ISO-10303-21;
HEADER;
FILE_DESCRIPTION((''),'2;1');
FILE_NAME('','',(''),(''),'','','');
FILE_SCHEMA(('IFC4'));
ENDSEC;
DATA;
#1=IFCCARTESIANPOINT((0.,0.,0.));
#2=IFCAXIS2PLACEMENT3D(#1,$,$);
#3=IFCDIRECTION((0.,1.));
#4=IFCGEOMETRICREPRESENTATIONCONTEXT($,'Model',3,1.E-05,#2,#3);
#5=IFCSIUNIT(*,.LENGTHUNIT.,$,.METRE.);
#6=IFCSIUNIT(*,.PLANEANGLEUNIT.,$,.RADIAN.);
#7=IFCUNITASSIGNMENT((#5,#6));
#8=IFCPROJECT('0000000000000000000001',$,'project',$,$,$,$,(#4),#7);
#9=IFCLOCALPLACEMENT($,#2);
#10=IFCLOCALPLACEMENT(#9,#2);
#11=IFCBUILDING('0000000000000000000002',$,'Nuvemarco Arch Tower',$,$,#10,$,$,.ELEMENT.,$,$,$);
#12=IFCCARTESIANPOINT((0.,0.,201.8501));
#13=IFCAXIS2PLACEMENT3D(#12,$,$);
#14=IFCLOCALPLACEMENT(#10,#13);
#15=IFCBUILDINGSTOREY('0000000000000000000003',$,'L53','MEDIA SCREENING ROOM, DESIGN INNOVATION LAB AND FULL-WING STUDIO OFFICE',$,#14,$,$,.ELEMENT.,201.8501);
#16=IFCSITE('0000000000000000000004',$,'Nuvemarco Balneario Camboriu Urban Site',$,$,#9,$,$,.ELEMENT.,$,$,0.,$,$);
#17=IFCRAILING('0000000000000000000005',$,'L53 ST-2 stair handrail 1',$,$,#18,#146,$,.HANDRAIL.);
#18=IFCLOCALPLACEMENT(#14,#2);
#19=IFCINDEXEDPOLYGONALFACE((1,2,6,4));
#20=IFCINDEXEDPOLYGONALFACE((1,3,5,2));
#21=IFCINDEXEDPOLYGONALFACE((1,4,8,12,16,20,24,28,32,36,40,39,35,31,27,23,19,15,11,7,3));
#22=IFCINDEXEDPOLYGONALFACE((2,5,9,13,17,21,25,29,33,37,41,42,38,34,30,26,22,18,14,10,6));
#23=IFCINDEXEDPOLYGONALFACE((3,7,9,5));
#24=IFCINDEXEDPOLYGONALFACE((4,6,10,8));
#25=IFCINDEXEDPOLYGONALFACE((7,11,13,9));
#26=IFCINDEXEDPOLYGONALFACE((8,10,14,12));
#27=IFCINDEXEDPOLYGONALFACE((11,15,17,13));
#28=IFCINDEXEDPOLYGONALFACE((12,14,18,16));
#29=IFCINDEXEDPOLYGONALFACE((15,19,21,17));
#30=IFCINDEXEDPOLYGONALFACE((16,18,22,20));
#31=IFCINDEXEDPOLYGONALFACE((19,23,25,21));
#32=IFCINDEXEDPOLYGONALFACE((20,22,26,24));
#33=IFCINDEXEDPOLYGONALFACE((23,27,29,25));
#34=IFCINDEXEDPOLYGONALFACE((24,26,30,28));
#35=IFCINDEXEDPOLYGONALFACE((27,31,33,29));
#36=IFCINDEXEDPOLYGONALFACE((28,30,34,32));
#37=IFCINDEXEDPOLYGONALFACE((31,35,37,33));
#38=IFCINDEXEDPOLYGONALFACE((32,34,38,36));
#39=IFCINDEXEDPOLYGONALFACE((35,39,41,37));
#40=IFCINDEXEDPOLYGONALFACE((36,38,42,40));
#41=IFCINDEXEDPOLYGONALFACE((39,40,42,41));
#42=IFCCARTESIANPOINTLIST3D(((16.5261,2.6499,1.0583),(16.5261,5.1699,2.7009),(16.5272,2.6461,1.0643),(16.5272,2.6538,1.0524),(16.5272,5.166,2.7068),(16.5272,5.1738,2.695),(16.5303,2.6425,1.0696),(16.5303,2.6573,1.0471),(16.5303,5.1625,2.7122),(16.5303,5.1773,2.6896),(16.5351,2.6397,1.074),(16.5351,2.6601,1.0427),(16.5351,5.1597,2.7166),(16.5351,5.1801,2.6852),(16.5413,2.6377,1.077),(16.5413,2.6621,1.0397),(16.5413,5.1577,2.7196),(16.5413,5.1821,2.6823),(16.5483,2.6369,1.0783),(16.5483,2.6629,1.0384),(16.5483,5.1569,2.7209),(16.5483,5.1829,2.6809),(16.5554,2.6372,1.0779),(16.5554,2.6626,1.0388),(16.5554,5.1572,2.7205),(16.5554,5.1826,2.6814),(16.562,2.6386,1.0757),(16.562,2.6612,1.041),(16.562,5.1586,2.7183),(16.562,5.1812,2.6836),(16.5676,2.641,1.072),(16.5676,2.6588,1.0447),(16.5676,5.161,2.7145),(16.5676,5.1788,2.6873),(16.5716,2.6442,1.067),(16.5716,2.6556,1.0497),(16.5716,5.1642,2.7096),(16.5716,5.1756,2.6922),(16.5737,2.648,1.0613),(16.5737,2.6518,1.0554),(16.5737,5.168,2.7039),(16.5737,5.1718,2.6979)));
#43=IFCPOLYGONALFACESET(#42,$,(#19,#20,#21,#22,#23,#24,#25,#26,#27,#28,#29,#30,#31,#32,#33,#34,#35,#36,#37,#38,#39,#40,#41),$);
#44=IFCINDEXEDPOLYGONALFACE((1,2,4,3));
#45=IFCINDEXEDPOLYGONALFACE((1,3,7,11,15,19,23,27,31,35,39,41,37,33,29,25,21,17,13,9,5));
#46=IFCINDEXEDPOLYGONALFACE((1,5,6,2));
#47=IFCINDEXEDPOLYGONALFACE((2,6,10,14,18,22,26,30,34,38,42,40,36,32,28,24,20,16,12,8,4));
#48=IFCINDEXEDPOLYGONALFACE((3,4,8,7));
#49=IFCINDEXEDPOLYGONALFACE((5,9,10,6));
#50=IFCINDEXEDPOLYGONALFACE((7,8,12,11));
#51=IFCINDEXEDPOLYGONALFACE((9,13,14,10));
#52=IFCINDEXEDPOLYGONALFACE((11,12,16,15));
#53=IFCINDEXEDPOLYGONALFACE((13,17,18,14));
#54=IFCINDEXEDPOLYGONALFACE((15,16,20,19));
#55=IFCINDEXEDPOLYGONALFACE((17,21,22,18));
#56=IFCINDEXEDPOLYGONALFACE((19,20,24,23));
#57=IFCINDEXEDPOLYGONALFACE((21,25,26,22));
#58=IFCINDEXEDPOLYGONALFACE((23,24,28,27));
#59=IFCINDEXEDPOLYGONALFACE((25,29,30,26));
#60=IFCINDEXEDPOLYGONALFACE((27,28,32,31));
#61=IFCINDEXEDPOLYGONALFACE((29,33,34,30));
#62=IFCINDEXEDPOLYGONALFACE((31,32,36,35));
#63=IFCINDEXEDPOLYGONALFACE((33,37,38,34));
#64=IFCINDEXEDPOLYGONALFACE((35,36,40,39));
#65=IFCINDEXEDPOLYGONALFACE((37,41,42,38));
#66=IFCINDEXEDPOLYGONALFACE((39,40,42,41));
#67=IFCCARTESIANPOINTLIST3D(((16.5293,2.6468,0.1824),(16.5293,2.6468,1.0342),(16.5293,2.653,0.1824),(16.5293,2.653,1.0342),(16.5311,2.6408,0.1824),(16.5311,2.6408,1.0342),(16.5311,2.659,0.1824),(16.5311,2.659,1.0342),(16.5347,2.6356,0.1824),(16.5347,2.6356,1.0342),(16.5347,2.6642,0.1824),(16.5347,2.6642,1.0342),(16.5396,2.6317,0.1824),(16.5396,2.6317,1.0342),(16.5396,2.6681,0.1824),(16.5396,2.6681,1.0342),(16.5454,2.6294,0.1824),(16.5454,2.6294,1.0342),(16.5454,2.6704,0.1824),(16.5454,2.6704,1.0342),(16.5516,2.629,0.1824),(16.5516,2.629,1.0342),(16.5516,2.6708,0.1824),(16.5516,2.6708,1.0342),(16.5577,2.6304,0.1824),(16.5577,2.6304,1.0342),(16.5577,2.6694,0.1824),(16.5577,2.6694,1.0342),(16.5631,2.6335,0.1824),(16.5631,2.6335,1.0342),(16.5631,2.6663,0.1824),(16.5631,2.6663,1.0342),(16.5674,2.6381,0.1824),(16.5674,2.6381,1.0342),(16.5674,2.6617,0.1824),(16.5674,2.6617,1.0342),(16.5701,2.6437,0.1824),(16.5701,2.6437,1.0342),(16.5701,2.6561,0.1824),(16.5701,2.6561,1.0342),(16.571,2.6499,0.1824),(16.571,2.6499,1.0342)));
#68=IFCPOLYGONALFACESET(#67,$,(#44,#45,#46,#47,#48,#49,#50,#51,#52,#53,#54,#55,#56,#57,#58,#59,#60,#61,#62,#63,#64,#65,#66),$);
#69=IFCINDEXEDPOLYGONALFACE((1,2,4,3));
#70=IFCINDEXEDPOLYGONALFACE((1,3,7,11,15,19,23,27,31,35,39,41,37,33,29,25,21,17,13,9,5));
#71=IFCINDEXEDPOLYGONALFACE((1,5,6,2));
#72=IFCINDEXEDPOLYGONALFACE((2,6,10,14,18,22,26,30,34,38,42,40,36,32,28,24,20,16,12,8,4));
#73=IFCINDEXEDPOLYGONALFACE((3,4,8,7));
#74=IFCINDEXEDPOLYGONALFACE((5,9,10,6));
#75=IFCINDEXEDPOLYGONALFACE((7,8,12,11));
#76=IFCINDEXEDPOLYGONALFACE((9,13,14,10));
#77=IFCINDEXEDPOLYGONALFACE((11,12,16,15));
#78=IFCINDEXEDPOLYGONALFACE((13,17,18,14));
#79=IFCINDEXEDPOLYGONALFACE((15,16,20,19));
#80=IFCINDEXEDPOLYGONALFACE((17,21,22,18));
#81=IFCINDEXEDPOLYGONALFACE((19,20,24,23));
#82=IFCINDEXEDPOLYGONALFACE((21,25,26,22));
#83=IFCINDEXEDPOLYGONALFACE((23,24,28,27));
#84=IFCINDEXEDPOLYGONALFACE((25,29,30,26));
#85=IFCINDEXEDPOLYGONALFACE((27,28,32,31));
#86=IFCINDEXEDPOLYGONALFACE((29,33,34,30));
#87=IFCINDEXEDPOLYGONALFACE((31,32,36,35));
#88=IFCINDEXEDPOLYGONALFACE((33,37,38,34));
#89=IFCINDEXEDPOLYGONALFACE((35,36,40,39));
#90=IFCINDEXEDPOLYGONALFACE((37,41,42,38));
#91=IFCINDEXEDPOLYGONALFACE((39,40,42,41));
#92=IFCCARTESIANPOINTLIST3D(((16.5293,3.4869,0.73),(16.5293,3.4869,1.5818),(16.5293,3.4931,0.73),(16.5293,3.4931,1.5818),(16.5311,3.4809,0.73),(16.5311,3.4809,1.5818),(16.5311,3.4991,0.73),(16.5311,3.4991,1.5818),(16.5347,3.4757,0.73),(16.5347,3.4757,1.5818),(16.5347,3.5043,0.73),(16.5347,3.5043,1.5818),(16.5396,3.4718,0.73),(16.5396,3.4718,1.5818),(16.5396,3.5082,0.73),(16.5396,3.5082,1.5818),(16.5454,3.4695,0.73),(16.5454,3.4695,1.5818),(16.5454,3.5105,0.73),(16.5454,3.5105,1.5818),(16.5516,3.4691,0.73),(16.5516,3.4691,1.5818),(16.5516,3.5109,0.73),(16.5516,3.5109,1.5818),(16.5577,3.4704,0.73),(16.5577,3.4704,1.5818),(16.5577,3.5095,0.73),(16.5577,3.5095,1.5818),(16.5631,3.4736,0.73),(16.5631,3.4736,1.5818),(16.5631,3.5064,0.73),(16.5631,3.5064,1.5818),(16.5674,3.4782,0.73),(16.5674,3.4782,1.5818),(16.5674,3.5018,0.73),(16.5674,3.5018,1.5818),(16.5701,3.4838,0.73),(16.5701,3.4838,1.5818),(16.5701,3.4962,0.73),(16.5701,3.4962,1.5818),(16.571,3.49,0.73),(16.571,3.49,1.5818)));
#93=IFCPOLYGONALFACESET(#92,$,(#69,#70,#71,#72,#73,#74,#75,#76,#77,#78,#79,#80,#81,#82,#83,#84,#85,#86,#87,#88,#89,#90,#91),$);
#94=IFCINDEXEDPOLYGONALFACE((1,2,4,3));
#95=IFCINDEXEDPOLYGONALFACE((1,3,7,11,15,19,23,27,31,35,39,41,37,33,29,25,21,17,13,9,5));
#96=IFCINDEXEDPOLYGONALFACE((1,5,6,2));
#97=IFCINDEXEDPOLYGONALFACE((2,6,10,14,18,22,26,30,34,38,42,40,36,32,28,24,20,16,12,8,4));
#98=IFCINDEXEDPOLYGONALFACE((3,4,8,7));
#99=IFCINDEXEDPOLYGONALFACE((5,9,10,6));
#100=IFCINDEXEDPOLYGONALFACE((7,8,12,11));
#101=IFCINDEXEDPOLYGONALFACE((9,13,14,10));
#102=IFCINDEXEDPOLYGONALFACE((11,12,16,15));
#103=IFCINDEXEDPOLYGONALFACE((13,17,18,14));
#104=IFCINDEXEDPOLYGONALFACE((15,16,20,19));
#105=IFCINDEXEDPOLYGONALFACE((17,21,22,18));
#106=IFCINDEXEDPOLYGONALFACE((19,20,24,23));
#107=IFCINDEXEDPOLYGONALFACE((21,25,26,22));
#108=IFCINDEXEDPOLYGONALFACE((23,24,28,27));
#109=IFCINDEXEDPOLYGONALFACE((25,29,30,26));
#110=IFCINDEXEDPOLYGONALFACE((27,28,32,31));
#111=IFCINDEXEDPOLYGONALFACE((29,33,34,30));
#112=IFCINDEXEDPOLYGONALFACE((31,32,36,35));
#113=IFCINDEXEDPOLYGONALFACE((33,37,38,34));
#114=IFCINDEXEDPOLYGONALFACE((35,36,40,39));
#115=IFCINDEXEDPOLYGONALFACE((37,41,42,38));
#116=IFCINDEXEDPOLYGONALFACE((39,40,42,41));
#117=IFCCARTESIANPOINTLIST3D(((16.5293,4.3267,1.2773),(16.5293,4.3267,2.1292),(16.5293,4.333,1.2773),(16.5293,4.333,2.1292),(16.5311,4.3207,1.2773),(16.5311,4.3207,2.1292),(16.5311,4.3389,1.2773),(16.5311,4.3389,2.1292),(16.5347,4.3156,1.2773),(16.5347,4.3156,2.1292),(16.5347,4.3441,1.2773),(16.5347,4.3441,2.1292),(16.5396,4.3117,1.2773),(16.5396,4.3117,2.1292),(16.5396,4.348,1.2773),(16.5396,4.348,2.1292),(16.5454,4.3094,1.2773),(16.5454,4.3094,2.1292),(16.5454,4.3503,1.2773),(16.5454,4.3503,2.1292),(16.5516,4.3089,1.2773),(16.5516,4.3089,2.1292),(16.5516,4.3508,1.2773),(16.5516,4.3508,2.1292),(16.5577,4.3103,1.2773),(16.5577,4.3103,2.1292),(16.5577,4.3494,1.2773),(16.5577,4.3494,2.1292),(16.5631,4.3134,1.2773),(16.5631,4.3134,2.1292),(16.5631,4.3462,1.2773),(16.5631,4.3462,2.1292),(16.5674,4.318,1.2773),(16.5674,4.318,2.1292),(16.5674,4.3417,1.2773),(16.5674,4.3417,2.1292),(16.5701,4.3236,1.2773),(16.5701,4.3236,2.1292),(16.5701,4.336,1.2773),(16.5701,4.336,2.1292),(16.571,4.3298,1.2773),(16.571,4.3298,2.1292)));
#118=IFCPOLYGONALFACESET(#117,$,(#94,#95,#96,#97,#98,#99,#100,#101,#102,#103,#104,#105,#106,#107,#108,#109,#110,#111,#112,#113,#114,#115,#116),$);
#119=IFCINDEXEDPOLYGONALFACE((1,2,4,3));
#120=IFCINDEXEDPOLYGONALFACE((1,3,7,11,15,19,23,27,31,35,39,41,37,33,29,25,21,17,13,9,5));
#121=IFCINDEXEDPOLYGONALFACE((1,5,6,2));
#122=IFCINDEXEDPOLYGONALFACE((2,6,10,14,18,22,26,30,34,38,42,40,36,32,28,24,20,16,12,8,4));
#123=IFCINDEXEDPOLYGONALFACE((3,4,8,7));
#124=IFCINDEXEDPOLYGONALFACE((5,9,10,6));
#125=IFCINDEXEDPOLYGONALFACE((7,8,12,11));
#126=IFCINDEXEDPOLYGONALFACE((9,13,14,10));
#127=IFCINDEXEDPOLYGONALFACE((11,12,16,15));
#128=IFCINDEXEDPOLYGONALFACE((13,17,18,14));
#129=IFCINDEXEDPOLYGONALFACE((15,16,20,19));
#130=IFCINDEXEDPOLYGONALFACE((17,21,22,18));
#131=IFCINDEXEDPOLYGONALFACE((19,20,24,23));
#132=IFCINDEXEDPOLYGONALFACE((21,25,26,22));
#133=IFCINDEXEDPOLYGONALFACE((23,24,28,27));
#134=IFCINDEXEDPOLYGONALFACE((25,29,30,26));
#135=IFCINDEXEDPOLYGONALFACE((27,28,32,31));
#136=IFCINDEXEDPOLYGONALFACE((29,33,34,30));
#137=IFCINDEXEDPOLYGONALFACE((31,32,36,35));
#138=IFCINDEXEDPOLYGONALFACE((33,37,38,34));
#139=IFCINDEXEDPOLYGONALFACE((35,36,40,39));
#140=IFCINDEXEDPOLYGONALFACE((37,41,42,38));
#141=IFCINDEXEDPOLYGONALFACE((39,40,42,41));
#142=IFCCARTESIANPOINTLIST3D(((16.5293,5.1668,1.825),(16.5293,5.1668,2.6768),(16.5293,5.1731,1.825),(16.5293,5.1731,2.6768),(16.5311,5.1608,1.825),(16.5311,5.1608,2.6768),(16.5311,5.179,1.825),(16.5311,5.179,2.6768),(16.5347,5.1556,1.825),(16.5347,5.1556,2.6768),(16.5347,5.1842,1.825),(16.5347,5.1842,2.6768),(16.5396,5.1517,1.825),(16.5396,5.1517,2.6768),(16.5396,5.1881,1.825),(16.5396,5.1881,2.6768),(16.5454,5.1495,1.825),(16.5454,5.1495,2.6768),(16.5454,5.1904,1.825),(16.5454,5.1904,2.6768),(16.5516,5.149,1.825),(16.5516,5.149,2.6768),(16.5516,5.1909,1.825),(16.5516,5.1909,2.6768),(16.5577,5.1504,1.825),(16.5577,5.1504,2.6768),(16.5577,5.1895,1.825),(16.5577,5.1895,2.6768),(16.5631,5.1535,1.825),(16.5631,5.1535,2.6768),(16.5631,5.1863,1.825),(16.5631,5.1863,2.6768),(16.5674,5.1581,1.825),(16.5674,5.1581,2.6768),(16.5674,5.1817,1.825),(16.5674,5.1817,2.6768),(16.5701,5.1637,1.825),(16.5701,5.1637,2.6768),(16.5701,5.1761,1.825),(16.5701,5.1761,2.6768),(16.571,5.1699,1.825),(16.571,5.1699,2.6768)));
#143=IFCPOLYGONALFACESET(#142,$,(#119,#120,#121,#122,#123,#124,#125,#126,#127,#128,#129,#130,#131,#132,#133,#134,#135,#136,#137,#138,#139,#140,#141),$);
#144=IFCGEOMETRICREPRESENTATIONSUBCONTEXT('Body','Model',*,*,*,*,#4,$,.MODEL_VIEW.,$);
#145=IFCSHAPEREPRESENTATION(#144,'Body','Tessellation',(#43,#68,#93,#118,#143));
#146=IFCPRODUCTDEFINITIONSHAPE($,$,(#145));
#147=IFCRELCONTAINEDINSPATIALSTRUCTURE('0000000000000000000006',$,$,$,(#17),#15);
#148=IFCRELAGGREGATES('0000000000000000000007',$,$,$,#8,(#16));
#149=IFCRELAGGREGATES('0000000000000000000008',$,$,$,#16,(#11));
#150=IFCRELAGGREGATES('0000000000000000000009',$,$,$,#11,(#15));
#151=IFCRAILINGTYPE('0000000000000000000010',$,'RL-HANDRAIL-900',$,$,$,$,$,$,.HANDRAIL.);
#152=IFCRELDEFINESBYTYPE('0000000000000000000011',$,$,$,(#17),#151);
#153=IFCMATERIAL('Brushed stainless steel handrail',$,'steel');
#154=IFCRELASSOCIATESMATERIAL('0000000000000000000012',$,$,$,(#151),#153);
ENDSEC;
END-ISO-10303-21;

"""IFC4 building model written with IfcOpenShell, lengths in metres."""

from ifc_helpers import new_model, si_unit, direction, frame, origin, origin_2d, place, context, subcontext, project, spatial, circle, extrude, material, type_object, element, save


model = new_model("IFC4")

# Units and contexts
model_context = context("Model", 3, precision=1e-05, world=origin(), true_north=direction((0.0, 1.0)))
body_context = subcontext(model_context, "Body", "Model", "MODEL_VIEW")
ifc_project = project(units=[si_unit("LENGTHUNIT", "METRE"), si_unit("PLANEANGLEUNIT", "RADIAN")], contexts=[model_context])

# Site, building, storey
site_placement = place(None, origin())
site = spatial("IfcSite", under=ifc_project, at=site_placement, Name="Nuvemarco Balneario Camboriu Urban Site", CompositionType="ELEMENT", RefElevation=0.0)
building_placement = place(site_placement, origin())
building = spatial("IfcBuilding", under=site, at=building_placement, Name="Nuvemarco Arch Tower", CompositionType="ELEMENT")
storey_placement = place(building_placement, frame((0.0, 0.0, 201.8501)))
storey = spatial("IfcBuildingStorey", under=building, at=storey_placement, Name="L53", Description="MEDIA SCREENING ROOM, DESIGN INNOVATION LAB AND FULL-WING STUDIO OFFICE", CompositionType="ELEMENT", Elevation=201.8501)

# Railing
ifc_material_1 = material(Name="Brushed stainless steel handrail", Category="steel")
railing_type_1 = type_object("IfcRailingType", Name="RL-HANDRAIL-900", PredefinedType="HANDRAIL", material=ifc_material_1)
railing_1_placement = place(storey_placement, frame((16.55, 2.6499, 0.1824)))
element("IfcRailing", 1, at=railing_1_placement, inside=storey, type_object=railing_type_1, Name="L53 ST-2 stair handrail 1", PredefinedType="HANDRAIL", context=body_context, shape_type="SweptSolid", body=[
    extrude(circle(Radius=0.0239, at=origin_2d()), frame((0.0, 0.0, 0.876), z_axis=(0.0, 0.837749, 0.546055), x_axis=(-1.0, 0.0, 0.0)), (0.0, 0.0, 1.0), 3.0081),
    extrude(circle(Radius=0.021, at=origin_2d()), origin(), (0.0, 0.0, 1.0), 0.8518),
    extrude(circle(Radius=0.021, at=origin_2d()), frame((0.0, 0.8401, 0.5476)), (0.0, 0.0, 1.0), 0.8518),
    extrude(circle(Radius=0.021, at=origin_2d()), frame((0.0, 1.6799, 1.095)), (0.0, 0.0, 1.0), 0.8518),
    extrude(circle(Radius=0.021, at=origin_2d()), frame((0.0, 2.52, 1.6426)), (0.0, 0.0, 1.0), 0.8518),
])

save(model, "model.ifc")
